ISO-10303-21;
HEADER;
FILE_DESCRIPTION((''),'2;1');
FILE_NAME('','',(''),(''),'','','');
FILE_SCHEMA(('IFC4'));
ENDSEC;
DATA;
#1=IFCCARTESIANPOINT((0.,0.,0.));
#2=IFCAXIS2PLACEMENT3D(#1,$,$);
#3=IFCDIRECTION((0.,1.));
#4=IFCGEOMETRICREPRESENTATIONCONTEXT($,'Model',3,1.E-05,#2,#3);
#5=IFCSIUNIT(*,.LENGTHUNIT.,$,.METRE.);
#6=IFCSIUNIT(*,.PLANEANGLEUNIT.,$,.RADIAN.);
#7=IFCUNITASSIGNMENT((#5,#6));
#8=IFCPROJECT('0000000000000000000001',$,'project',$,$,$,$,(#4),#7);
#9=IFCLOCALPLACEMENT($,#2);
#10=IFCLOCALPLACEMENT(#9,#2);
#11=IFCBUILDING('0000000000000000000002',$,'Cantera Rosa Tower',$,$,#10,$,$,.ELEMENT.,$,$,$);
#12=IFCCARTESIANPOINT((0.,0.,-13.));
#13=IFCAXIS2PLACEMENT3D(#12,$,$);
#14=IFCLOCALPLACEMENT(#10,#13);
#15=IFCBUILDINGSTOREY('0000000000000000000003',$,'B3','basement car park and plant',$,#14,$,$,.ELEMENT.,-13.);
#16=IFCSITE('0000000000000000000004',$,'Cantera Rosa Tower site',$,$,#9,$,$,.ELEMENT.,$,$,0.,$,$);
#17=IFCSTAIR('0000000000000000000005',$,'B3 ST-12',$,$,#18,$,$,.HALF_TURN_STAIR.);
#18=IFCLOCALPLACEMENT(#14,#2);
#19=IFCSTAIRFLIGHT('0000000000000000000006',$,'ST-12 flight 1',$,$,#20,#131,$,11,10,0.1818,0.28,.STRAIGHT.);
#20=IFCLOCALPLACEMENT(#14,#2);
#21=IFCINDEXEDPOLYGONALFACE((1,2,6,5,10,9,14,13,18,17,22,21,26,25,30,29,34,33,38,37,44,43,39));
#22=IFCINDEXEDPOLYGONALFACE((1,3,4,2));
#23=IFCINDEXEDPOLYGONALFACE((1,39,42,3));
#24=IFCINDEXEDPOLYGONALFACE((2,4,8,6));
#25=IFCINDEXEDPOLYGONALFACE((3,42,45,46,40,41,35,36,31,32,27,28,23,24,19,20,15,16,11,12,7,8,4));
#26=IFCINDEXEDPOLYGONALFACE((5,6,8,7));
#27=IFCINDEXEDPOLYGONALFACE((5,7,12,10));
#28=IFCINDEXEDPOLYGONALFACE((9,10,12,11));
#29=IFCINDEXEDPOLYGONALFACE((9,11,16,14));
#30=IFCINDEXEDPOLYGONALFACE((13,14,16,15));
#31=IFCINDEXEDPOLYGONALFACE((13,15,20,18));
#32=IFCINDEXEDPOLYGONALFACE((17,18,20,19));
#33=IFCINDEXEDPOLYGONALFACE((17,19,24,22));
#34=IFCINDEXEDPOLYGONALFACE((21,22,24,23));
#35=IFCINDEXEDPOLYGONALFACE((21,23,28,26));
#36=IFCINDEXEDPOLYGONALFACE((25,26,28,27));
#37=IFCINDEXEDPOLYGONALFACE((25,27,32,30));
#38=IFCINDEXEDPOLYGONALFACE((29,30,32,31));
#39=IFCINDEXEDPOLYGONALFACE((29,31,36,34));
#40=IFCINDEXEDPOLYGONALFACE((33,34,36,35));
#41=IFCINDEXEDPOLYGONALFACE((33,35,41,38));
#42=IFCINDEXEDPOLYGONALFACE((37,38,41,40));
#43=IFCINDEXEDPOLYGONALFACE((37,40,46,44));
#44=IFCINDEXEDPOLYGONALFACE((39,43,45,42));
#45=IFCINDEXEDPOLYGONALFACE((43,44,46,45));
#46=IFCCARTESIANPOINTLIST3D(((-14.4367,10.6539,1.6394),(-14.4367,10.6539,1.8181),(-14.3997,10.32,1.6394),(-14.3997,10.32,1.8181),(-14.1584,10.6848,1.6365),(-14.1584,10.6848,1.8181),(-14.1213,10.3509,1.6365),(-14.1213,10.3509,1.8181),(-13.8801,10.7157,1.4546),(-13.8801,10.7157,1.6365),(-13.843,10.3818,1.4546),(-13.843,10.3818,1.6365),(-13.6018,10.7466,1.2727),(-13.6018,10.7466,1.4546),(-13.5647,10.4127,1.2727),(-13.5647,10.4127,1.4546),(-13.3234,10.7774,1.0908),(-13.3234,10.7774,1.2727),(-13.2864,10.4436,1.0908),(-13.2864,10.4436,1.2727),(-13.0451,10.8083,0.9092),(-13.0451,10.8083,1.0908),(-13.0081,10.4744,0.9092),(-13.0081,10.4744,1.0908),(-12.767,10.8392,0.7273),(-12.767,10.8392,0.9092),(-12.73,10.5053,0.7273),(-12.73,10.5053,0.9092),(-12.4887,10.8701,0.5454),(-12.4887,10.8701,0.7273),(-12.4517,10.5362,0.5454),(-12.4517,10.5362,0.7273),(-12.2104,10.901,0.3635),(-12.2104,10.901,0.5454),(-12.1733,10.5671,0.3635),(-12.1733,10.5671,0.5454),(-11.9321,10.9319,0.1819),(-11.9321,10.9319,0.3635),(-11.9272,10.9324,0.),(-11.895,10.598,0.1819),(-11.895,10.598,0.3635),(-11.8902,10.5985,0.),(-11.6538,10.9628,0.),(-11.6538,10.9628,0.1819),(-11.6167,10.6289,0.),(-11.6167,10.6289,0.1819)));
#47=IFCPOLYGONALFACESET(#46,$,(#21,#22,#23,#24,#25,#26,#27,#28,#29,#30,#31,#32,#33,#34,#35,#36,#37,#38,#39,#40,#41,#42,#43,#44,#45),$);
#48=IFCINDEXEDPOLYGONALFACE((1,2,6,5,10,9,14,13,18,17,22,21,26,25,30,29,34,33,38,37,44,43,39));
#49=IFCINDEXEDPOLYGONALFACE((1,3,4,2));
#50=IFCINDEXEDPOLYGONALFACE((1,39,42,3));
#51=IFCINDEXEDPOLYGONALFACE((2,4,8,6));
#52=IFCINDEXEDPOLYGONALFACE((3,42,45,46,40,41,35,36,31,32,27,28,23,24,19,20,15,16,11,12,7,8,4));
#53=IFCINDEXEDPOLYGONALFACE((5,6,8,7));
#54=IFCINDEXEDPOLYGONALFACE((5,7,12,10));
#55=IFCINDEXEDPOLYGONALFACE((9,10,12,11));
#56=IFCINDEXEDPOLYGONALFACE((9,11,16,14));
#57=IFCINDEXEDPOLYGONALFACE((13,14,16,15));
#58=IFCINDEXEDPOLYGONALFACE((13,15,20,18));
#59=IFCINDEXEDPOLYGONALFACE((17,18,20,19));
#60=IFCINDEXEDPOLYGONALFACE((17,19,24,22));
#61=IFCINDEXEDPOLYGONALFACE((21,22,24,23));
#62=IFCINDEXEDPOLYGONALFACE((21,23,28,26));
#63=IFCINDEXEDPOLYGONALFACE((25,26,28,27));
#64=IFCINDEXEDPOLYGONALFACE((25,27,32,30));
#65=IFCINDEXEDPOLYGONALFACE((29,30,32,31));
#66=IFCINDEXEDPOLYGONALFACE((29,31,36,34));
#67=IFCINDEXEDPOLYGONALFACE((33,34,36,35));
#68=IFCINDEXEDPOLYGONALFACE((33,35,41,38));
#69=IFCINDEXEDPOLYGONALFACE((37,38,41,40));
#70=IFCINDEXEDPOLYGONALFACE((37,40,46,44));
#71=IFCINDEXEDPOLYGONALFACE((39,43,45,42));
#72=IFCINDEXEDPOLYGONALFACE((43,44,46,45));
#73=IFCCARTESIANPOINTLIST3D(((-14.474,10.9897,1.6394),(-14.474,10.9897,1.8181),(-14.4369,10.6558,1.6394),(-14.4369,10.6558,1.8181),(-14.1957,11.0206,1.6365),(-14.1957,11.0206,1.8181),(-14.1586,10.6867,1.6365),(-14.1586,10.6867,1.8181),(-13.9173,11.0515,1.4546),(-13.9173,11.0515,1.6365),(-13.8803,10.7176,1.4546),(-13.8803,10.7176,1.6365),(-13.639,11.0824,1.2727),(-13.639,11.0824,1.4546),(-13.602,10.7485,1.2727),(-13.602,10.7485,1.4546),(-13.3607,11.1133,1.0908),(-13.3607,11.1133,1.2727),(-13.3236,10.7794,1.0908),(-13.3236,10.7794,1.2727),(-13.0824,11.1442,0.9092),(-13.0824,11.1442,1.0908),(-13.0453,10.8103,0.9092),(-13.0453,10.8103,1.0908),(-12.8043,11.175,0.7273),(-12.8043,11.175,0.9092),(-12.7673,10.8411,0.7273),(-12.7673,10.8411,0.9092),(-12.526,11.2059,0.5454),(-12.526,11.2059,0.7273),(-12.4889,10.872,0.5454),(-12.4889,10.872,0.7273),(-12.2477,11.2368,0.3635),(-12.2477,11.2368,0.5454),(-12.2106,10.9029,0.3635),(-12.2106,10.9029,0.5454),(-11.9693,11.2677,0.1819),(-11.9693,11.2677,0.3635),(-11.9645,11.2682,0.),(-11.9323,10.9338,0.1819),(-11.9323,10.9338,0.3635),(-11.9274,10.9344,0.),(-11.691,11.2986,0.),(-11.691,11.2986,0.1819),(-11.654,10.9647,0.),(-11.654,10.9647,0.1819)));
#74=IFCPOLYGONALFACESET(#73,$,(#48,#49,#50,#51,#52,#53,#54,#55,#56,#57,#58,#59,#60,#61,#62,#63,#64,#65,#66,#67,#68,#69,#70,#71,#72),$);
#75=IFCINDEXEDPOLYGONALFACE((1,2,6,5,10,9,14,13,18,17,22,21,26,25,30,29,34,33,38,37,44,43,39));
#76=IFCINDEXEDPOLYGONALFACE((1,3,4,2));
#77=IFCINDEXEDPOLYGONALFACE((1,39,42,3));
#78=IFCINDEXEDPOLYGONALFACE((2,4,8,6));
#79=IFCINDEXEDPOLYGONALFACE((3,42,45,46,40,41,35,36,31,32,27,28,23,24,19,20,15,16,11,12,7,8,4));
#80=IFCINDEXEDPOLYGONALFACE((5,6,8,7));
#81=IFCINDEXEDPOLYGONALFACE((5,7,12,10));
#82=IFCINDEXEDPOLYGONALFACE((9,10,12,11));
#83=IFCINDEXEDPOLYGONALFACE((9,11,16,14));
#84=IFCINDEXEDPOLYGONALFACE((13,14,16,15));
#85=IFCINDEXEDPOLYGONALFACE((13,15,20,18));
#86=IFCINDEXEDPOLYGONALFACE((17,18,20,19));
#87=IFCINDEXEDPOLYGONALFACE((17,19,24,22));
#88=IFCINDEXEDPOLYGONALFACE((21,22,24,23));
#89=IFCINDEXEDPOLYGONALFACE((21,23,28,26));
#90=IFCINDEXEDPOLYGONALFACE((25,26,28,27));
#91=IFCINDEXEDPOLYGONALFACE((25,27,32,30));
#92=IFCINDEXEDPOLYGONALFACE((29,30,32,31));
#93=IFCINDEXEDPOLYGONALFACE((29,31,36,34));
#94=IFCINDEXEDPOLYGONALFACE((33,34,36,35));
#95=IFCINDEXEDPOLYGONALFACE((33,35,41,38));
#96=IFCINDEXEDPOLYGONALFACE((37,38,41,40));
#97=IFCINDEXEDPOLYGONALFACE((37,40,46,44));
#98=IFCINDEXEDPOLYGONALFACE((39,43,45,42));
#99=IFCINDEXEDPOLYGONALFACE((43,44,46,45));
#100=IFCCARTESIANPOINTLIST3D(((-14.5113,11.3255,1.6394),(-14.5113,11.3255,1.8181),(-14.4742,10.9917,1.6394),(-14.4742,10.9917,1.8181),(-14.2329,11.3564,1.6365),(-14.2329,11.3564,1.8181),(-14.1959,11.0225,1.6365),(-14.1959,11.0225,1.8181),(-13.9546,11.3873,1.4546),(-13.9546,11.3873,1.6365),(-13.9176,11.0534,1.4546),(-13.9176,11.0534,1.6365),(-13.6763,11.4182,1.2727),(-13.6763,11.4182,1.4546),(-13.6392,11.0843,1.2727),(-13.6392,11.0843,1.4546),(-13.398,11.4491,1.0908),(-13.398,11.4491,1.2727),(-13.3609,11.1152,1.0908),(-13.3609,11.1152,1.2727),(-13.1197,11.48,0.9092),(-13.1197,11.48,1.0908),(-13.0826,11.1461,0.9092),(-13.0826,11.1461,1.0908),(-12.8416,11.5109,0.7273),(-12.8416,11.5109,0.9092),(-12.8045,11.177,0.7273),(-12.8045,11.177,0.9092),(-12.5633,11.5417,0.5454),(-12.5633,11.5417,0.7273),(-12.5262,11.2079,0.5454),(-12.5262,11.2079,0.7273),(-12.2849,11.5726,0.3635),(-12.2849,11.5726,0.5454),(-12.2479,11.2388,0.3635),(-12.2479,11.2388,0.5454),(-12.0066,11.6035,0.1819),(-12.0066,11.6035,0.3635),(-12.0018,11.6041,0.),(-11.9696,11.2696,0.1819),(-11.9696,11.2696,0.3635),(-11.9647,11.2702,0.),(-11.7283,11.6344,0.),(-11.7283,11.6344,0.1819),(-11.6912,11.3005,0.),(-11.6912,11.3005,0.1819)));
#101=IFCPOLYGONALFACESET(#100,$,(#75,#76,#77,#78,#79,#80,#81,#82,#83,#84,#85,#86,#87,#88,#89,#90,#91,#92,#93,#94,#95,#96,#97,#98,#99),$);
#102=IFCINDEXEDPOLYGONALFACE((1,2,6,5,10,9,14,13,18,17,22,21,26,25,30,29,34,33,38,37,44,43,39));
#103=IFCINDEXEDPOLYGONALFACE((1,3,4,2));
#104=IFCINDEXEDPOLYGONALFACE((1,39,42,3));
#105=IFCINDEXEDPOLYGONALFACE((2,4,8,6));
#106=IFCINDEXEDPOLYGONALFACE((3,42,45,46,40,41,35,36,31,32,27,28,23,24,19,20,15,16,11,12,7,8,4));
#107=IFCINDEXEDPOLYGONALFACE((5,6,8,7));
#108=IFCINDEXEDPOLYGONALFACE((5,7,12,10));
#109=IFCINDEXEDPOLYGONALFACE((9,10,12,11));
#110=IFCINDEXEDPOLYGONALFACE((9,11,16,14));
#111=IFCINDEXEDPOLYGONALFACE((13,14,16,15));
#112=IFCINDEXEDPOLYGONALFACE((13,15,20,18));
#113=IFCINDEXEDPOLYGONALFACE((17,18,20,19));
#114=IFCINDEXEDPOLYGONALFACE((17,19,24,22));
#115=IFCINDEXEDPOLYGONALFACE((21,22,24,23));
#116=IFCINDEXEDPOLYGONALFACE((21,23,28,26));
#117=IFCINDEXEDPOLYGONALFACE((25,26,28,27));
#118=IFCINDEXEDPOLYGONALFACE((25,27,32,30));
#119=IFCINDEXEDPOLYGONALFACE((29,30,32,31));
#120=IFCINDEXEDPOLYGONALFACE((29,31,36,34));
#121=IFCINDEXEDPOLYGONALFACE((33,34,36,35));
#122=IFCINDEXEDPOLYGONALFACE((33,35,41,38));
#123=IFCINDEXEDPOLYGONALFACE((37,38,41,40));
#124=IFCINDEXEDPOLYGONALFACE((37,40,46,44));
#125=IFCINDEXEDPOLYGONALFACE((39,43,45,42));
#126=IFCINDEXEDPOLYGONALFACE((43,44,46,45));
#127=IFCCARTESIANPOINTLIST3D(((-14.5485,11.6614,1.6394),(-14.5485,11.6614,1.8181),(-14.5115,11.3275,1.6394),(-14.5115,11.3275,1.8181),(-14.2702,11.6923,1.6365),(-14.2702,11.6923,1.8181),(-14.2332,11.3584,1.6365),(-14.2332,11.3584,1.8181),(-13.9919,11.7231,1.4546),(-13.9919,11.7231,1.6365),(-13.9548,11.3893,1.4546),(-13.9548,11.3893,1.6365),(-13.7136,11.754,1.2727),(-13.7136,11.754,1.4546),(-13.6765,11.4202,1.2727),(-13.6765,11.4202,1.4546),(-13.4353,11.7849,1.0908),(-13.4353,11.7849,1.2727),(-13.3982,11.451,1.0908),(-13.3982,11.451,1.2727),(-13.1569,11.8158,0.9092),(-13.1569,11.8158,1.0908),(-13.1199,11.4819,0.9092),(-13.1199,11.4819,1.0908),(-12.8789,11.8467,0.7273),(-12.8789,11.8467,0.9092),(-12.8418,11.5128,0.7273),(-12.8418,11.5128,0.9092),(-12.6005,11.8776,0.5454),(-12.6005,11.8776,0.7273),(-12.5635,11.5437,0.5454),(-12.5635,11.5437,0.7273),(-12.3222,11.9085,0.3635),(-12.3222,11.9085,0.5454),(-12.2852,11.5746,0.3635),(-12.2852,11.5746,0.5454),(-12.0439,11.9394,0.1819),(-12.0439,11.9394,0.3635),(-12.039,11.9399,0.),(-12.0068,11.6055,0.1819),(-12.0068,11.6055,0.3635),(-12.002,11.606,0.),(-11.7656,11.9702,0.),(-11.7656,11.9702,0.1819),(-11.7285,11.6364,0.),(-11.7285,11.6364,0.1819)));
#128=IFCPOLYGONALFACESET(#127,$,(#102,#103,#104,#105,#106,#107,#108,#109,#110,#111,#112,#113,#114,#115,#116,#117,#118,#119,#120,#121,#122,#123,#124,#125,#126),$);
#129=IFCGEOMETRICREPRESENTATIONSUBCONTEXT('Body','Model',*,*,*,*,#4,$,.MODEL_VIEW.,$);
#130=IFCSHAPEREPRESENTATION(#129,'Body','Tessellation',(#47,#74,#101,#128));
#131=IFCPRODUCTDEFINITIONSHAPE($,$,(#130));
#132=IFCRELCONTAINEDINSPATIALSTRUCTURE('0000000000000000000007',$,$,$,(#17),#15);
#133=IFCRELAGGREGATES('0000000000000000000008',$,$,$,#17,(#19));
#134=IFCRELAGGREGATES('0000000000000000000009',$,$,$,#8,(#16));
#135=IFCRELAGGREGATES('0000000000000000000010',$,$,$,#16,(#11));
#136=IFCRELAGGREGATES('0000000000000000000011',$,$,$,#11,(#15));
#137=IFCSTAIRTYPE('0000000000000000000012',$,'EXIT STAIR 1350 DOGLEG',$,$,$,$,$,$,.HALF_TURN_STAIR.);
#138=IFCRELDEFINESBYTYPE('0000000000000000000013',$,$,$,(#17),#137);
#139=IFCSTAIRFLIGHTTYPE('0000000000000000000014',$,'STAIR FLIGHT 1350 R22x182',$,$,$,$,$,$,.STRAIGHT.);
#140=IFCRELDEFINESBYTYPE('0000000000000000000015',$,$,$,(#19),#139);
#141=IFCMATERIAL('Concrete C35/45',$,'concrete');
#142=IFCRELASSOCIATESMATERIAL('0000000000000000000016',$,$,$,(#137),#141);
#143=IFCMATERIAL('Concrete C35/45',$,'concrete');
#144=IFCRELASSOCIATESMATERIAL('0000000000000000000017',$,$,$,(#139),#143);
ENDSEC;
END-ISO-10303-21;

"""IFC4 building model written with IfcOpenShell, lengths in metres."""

from ifc_helpers import new_model, si_unit, direction, frame, origin, place, context, subcontext, project, spatial, polyline, outline, extrude, material, type_object, element, aggregate, save


model = new_model("IFC4")

# Units and contexts
model_context = context("Model", 3, precision=1e-05, world=origin(), true_north=direction((0.0, 1.0)))
body_context = subcontext(model_context, "Body", "Model", "MODEL_VIEW")
ifc_project = project(units=[si_unit("LENGTHUNIT", "METRE"), si_unit("PLANEANGLEUNIT", "RADIAN")], contexts=[model_context])

# Site, building, storey
site_placement = place(None, origin())
site = spatial("IfcSite", under=ifc_project, at=site_placement, Name="Cantera Rosa Tower site", CompositionType="ELEMENT", RefElevation=0.0)
building_placement = place(site_placement, origin())
building = spatial("IfcBuilding", under=site, at=building_placement, Name="Cantera Rosa Tower", CompositionType="ELEMENT")
storey_placement = place(building_placement, frame((0.0, 0.0, -13.0)))
storey = spatial("IfcBuildingStorey", under=building, at=storey_placement, Name="B3", Description="basement car park and plant", CompositionType="ELEMENT", Elevation=-13.0)

# Stair, stair flight
ifc_material_1 = material(Name="Concrete C35/45", Category="concrete")
stair_type = type_object("IfcStairType", Name="EXIT STAIR 1350 DOGLEG", PredefinedType="HALF_TURN_STAIR", material=ifc_material_1)
stair_placement = place(storey_placement, origin())
stair = element("IfcStair", 1, at=stair_placement, inside=storey, type_object=stair_type, Name="B3 ST-12", PredefinedType="HALF_TURN_STAIR")
ifc_material_2 = material(Name="Concrete C35/45", Category="concrete")
stair_flight_type = type_object("IfcStairFlightType", Name="STAIR FLIGHT 1350 R22x182", PredefinedType="STRAIGHT", material=ifc_material_2)
stair_flight_1_placement = place(storey_placement, frame((-11.6912, 11.2998, 0.0), z_axis=(0.0, 0.0, 1.0), x_axis=(-0.993897, -0.110313, 0.0)))
stair_flight_1 = element("IfcStairFlight", 2, at=stair_flight_1_placement, type_object=stair_flight_type, Name="ST-12 flight 1", NumberOfRisers=11, NumberOfTreads=10, PredefinedType="STRAIGHT", RiserHeight=0.1818, TreadLength=0.28, context=body_context, shape_type="SweptSolid", body=[
    extrude(outline(polyline([(0.0, 0.0), (0.0, 0.1819), (0.28, 0.1819), (0.28, 0.3635), (0.5601, 0.3635), (0.5601, 0.5454), (0.8401, 0.5454), (0.8401, 0.7273), (1.1201, 0.7273), (1.1201, 0.9092), (1.3999, 0.9092), (1.3999, 1.0908), (1.6799, 1.0908), (1.6799, 1.2727), (1.96, 1.2727), (1.96, 1.4546), (2.24, 1.4546), (2.24, 1.6365), (2.52, 1.6365), (2.52, 1.8181), (2.8, 1.8181), (2.8, 2.0), (2.8, 1.6394), (0.2751, 0.0), (0.0, 0.0)])), frame((0.0, 0.675, 0.0), z_axis=(0.0, -1.0, 0.0), x_axis=(1.0, 0.0, 0.0)), (0.0, 0.0, 1.0), 0.3359),
    extrude(outline(polyline([(0.0, 0.0), (0.0, 0.1819), (0.28, 0.1819), (0.28, 0.3635), (0.5601, 0.3635), (0.5601, 0.5454), (0.8401, 0.5454), (0.8401, 0.7273), (1.1201, 0.7273), (1.1201, 0.9092), (1.3999, 0.9092), (1.3999, 1.0908), (1.6799, 1.0908), (1.6799, 1.2727), (1.96, 1.2727), (1.96, 1.4546), (2.24, 1.4546), (2.24, 1.6365), (2.52, 1.6365), (2.52, 1.8181), (2.8, 1.8181), (2.8, 2.0), (2.8, 1.6394), (0.2751, 0.0), (0.0, 0.0)])), frame((0.0, 0.3372, 0.0), z_axis=(0.0, -1.0, 0.0), x_axis=(1.0, 0.0, 0.0)), (0.0, 0.0, 1.0), 0.3359),
    extrude(outline(polyline([(0.0, 0.0), (0.0, 0.1819), (0.28, 0.1819), (0.28, 0.3635), (0.5601, 0.3635), (0.5601, 0.5454), (0.8401, 0.5454), (0.8401, 0.7273), (1.1201, 0.7273), (1.1201, 0.9092), (1.3999, 0.9092), (1.3999, 1.0908), (1.6799, 1.0908), (1.6799, 1.2727), (1.96, 1.2727), (1.96, 1.4546), (2.24, 1.4546), (2.24, 1.6365), (2.52, 1.6365), (2.52, 1.8181), (2.8, 1.8181), (2.8, 2.0), (2.8, 1.6394), (0.2751, 0.0), (0.0, 0.0)])), frame((0.0, -0.0007, 0.0), z_axis=(0.0, -1.0, 0.0), x_axis=(1.0, 0.0, 0.0)), (0.0, 0.0, 1.0), 0.3359),
    extrude(outline(polyline([(0.0, 0.0), (0.0, 0.1819), (0.28, 0.1819), (0.28, 0.3635), (0.5601, 0.3635), (0.5601, 0.5454), (0.8401, 0.5454), (0.8401, 0.7273), (1.1201, 0.7273), (1.1201, 0.9092), (1.3999, 0.9092), (1.3999, 1.0908), (1.6799, 1.0908), (1.6799, 1.2727), (1.96, 1.2727), (1.96, 1.4546), (2.24, 1.4546), (2.24, 1.6365), (2.52, 1.6365), (2.52, 1.8181), (2.8, 1.8181), (2.8, 2.0), (2.8, 1.6394), (0.2751, 0.0), (0.0, 0.0)])), frame((0.0, -0.3386, 0.0), z_axis=(0.0, -1.0, 0.0), x_axis=(1.0, 0.0, 0.0)), (0.0, 0.0, 1.0), 0.3359),
])
aggregate(stair, [stair_flight_1])

save(model, "model.ifc")
